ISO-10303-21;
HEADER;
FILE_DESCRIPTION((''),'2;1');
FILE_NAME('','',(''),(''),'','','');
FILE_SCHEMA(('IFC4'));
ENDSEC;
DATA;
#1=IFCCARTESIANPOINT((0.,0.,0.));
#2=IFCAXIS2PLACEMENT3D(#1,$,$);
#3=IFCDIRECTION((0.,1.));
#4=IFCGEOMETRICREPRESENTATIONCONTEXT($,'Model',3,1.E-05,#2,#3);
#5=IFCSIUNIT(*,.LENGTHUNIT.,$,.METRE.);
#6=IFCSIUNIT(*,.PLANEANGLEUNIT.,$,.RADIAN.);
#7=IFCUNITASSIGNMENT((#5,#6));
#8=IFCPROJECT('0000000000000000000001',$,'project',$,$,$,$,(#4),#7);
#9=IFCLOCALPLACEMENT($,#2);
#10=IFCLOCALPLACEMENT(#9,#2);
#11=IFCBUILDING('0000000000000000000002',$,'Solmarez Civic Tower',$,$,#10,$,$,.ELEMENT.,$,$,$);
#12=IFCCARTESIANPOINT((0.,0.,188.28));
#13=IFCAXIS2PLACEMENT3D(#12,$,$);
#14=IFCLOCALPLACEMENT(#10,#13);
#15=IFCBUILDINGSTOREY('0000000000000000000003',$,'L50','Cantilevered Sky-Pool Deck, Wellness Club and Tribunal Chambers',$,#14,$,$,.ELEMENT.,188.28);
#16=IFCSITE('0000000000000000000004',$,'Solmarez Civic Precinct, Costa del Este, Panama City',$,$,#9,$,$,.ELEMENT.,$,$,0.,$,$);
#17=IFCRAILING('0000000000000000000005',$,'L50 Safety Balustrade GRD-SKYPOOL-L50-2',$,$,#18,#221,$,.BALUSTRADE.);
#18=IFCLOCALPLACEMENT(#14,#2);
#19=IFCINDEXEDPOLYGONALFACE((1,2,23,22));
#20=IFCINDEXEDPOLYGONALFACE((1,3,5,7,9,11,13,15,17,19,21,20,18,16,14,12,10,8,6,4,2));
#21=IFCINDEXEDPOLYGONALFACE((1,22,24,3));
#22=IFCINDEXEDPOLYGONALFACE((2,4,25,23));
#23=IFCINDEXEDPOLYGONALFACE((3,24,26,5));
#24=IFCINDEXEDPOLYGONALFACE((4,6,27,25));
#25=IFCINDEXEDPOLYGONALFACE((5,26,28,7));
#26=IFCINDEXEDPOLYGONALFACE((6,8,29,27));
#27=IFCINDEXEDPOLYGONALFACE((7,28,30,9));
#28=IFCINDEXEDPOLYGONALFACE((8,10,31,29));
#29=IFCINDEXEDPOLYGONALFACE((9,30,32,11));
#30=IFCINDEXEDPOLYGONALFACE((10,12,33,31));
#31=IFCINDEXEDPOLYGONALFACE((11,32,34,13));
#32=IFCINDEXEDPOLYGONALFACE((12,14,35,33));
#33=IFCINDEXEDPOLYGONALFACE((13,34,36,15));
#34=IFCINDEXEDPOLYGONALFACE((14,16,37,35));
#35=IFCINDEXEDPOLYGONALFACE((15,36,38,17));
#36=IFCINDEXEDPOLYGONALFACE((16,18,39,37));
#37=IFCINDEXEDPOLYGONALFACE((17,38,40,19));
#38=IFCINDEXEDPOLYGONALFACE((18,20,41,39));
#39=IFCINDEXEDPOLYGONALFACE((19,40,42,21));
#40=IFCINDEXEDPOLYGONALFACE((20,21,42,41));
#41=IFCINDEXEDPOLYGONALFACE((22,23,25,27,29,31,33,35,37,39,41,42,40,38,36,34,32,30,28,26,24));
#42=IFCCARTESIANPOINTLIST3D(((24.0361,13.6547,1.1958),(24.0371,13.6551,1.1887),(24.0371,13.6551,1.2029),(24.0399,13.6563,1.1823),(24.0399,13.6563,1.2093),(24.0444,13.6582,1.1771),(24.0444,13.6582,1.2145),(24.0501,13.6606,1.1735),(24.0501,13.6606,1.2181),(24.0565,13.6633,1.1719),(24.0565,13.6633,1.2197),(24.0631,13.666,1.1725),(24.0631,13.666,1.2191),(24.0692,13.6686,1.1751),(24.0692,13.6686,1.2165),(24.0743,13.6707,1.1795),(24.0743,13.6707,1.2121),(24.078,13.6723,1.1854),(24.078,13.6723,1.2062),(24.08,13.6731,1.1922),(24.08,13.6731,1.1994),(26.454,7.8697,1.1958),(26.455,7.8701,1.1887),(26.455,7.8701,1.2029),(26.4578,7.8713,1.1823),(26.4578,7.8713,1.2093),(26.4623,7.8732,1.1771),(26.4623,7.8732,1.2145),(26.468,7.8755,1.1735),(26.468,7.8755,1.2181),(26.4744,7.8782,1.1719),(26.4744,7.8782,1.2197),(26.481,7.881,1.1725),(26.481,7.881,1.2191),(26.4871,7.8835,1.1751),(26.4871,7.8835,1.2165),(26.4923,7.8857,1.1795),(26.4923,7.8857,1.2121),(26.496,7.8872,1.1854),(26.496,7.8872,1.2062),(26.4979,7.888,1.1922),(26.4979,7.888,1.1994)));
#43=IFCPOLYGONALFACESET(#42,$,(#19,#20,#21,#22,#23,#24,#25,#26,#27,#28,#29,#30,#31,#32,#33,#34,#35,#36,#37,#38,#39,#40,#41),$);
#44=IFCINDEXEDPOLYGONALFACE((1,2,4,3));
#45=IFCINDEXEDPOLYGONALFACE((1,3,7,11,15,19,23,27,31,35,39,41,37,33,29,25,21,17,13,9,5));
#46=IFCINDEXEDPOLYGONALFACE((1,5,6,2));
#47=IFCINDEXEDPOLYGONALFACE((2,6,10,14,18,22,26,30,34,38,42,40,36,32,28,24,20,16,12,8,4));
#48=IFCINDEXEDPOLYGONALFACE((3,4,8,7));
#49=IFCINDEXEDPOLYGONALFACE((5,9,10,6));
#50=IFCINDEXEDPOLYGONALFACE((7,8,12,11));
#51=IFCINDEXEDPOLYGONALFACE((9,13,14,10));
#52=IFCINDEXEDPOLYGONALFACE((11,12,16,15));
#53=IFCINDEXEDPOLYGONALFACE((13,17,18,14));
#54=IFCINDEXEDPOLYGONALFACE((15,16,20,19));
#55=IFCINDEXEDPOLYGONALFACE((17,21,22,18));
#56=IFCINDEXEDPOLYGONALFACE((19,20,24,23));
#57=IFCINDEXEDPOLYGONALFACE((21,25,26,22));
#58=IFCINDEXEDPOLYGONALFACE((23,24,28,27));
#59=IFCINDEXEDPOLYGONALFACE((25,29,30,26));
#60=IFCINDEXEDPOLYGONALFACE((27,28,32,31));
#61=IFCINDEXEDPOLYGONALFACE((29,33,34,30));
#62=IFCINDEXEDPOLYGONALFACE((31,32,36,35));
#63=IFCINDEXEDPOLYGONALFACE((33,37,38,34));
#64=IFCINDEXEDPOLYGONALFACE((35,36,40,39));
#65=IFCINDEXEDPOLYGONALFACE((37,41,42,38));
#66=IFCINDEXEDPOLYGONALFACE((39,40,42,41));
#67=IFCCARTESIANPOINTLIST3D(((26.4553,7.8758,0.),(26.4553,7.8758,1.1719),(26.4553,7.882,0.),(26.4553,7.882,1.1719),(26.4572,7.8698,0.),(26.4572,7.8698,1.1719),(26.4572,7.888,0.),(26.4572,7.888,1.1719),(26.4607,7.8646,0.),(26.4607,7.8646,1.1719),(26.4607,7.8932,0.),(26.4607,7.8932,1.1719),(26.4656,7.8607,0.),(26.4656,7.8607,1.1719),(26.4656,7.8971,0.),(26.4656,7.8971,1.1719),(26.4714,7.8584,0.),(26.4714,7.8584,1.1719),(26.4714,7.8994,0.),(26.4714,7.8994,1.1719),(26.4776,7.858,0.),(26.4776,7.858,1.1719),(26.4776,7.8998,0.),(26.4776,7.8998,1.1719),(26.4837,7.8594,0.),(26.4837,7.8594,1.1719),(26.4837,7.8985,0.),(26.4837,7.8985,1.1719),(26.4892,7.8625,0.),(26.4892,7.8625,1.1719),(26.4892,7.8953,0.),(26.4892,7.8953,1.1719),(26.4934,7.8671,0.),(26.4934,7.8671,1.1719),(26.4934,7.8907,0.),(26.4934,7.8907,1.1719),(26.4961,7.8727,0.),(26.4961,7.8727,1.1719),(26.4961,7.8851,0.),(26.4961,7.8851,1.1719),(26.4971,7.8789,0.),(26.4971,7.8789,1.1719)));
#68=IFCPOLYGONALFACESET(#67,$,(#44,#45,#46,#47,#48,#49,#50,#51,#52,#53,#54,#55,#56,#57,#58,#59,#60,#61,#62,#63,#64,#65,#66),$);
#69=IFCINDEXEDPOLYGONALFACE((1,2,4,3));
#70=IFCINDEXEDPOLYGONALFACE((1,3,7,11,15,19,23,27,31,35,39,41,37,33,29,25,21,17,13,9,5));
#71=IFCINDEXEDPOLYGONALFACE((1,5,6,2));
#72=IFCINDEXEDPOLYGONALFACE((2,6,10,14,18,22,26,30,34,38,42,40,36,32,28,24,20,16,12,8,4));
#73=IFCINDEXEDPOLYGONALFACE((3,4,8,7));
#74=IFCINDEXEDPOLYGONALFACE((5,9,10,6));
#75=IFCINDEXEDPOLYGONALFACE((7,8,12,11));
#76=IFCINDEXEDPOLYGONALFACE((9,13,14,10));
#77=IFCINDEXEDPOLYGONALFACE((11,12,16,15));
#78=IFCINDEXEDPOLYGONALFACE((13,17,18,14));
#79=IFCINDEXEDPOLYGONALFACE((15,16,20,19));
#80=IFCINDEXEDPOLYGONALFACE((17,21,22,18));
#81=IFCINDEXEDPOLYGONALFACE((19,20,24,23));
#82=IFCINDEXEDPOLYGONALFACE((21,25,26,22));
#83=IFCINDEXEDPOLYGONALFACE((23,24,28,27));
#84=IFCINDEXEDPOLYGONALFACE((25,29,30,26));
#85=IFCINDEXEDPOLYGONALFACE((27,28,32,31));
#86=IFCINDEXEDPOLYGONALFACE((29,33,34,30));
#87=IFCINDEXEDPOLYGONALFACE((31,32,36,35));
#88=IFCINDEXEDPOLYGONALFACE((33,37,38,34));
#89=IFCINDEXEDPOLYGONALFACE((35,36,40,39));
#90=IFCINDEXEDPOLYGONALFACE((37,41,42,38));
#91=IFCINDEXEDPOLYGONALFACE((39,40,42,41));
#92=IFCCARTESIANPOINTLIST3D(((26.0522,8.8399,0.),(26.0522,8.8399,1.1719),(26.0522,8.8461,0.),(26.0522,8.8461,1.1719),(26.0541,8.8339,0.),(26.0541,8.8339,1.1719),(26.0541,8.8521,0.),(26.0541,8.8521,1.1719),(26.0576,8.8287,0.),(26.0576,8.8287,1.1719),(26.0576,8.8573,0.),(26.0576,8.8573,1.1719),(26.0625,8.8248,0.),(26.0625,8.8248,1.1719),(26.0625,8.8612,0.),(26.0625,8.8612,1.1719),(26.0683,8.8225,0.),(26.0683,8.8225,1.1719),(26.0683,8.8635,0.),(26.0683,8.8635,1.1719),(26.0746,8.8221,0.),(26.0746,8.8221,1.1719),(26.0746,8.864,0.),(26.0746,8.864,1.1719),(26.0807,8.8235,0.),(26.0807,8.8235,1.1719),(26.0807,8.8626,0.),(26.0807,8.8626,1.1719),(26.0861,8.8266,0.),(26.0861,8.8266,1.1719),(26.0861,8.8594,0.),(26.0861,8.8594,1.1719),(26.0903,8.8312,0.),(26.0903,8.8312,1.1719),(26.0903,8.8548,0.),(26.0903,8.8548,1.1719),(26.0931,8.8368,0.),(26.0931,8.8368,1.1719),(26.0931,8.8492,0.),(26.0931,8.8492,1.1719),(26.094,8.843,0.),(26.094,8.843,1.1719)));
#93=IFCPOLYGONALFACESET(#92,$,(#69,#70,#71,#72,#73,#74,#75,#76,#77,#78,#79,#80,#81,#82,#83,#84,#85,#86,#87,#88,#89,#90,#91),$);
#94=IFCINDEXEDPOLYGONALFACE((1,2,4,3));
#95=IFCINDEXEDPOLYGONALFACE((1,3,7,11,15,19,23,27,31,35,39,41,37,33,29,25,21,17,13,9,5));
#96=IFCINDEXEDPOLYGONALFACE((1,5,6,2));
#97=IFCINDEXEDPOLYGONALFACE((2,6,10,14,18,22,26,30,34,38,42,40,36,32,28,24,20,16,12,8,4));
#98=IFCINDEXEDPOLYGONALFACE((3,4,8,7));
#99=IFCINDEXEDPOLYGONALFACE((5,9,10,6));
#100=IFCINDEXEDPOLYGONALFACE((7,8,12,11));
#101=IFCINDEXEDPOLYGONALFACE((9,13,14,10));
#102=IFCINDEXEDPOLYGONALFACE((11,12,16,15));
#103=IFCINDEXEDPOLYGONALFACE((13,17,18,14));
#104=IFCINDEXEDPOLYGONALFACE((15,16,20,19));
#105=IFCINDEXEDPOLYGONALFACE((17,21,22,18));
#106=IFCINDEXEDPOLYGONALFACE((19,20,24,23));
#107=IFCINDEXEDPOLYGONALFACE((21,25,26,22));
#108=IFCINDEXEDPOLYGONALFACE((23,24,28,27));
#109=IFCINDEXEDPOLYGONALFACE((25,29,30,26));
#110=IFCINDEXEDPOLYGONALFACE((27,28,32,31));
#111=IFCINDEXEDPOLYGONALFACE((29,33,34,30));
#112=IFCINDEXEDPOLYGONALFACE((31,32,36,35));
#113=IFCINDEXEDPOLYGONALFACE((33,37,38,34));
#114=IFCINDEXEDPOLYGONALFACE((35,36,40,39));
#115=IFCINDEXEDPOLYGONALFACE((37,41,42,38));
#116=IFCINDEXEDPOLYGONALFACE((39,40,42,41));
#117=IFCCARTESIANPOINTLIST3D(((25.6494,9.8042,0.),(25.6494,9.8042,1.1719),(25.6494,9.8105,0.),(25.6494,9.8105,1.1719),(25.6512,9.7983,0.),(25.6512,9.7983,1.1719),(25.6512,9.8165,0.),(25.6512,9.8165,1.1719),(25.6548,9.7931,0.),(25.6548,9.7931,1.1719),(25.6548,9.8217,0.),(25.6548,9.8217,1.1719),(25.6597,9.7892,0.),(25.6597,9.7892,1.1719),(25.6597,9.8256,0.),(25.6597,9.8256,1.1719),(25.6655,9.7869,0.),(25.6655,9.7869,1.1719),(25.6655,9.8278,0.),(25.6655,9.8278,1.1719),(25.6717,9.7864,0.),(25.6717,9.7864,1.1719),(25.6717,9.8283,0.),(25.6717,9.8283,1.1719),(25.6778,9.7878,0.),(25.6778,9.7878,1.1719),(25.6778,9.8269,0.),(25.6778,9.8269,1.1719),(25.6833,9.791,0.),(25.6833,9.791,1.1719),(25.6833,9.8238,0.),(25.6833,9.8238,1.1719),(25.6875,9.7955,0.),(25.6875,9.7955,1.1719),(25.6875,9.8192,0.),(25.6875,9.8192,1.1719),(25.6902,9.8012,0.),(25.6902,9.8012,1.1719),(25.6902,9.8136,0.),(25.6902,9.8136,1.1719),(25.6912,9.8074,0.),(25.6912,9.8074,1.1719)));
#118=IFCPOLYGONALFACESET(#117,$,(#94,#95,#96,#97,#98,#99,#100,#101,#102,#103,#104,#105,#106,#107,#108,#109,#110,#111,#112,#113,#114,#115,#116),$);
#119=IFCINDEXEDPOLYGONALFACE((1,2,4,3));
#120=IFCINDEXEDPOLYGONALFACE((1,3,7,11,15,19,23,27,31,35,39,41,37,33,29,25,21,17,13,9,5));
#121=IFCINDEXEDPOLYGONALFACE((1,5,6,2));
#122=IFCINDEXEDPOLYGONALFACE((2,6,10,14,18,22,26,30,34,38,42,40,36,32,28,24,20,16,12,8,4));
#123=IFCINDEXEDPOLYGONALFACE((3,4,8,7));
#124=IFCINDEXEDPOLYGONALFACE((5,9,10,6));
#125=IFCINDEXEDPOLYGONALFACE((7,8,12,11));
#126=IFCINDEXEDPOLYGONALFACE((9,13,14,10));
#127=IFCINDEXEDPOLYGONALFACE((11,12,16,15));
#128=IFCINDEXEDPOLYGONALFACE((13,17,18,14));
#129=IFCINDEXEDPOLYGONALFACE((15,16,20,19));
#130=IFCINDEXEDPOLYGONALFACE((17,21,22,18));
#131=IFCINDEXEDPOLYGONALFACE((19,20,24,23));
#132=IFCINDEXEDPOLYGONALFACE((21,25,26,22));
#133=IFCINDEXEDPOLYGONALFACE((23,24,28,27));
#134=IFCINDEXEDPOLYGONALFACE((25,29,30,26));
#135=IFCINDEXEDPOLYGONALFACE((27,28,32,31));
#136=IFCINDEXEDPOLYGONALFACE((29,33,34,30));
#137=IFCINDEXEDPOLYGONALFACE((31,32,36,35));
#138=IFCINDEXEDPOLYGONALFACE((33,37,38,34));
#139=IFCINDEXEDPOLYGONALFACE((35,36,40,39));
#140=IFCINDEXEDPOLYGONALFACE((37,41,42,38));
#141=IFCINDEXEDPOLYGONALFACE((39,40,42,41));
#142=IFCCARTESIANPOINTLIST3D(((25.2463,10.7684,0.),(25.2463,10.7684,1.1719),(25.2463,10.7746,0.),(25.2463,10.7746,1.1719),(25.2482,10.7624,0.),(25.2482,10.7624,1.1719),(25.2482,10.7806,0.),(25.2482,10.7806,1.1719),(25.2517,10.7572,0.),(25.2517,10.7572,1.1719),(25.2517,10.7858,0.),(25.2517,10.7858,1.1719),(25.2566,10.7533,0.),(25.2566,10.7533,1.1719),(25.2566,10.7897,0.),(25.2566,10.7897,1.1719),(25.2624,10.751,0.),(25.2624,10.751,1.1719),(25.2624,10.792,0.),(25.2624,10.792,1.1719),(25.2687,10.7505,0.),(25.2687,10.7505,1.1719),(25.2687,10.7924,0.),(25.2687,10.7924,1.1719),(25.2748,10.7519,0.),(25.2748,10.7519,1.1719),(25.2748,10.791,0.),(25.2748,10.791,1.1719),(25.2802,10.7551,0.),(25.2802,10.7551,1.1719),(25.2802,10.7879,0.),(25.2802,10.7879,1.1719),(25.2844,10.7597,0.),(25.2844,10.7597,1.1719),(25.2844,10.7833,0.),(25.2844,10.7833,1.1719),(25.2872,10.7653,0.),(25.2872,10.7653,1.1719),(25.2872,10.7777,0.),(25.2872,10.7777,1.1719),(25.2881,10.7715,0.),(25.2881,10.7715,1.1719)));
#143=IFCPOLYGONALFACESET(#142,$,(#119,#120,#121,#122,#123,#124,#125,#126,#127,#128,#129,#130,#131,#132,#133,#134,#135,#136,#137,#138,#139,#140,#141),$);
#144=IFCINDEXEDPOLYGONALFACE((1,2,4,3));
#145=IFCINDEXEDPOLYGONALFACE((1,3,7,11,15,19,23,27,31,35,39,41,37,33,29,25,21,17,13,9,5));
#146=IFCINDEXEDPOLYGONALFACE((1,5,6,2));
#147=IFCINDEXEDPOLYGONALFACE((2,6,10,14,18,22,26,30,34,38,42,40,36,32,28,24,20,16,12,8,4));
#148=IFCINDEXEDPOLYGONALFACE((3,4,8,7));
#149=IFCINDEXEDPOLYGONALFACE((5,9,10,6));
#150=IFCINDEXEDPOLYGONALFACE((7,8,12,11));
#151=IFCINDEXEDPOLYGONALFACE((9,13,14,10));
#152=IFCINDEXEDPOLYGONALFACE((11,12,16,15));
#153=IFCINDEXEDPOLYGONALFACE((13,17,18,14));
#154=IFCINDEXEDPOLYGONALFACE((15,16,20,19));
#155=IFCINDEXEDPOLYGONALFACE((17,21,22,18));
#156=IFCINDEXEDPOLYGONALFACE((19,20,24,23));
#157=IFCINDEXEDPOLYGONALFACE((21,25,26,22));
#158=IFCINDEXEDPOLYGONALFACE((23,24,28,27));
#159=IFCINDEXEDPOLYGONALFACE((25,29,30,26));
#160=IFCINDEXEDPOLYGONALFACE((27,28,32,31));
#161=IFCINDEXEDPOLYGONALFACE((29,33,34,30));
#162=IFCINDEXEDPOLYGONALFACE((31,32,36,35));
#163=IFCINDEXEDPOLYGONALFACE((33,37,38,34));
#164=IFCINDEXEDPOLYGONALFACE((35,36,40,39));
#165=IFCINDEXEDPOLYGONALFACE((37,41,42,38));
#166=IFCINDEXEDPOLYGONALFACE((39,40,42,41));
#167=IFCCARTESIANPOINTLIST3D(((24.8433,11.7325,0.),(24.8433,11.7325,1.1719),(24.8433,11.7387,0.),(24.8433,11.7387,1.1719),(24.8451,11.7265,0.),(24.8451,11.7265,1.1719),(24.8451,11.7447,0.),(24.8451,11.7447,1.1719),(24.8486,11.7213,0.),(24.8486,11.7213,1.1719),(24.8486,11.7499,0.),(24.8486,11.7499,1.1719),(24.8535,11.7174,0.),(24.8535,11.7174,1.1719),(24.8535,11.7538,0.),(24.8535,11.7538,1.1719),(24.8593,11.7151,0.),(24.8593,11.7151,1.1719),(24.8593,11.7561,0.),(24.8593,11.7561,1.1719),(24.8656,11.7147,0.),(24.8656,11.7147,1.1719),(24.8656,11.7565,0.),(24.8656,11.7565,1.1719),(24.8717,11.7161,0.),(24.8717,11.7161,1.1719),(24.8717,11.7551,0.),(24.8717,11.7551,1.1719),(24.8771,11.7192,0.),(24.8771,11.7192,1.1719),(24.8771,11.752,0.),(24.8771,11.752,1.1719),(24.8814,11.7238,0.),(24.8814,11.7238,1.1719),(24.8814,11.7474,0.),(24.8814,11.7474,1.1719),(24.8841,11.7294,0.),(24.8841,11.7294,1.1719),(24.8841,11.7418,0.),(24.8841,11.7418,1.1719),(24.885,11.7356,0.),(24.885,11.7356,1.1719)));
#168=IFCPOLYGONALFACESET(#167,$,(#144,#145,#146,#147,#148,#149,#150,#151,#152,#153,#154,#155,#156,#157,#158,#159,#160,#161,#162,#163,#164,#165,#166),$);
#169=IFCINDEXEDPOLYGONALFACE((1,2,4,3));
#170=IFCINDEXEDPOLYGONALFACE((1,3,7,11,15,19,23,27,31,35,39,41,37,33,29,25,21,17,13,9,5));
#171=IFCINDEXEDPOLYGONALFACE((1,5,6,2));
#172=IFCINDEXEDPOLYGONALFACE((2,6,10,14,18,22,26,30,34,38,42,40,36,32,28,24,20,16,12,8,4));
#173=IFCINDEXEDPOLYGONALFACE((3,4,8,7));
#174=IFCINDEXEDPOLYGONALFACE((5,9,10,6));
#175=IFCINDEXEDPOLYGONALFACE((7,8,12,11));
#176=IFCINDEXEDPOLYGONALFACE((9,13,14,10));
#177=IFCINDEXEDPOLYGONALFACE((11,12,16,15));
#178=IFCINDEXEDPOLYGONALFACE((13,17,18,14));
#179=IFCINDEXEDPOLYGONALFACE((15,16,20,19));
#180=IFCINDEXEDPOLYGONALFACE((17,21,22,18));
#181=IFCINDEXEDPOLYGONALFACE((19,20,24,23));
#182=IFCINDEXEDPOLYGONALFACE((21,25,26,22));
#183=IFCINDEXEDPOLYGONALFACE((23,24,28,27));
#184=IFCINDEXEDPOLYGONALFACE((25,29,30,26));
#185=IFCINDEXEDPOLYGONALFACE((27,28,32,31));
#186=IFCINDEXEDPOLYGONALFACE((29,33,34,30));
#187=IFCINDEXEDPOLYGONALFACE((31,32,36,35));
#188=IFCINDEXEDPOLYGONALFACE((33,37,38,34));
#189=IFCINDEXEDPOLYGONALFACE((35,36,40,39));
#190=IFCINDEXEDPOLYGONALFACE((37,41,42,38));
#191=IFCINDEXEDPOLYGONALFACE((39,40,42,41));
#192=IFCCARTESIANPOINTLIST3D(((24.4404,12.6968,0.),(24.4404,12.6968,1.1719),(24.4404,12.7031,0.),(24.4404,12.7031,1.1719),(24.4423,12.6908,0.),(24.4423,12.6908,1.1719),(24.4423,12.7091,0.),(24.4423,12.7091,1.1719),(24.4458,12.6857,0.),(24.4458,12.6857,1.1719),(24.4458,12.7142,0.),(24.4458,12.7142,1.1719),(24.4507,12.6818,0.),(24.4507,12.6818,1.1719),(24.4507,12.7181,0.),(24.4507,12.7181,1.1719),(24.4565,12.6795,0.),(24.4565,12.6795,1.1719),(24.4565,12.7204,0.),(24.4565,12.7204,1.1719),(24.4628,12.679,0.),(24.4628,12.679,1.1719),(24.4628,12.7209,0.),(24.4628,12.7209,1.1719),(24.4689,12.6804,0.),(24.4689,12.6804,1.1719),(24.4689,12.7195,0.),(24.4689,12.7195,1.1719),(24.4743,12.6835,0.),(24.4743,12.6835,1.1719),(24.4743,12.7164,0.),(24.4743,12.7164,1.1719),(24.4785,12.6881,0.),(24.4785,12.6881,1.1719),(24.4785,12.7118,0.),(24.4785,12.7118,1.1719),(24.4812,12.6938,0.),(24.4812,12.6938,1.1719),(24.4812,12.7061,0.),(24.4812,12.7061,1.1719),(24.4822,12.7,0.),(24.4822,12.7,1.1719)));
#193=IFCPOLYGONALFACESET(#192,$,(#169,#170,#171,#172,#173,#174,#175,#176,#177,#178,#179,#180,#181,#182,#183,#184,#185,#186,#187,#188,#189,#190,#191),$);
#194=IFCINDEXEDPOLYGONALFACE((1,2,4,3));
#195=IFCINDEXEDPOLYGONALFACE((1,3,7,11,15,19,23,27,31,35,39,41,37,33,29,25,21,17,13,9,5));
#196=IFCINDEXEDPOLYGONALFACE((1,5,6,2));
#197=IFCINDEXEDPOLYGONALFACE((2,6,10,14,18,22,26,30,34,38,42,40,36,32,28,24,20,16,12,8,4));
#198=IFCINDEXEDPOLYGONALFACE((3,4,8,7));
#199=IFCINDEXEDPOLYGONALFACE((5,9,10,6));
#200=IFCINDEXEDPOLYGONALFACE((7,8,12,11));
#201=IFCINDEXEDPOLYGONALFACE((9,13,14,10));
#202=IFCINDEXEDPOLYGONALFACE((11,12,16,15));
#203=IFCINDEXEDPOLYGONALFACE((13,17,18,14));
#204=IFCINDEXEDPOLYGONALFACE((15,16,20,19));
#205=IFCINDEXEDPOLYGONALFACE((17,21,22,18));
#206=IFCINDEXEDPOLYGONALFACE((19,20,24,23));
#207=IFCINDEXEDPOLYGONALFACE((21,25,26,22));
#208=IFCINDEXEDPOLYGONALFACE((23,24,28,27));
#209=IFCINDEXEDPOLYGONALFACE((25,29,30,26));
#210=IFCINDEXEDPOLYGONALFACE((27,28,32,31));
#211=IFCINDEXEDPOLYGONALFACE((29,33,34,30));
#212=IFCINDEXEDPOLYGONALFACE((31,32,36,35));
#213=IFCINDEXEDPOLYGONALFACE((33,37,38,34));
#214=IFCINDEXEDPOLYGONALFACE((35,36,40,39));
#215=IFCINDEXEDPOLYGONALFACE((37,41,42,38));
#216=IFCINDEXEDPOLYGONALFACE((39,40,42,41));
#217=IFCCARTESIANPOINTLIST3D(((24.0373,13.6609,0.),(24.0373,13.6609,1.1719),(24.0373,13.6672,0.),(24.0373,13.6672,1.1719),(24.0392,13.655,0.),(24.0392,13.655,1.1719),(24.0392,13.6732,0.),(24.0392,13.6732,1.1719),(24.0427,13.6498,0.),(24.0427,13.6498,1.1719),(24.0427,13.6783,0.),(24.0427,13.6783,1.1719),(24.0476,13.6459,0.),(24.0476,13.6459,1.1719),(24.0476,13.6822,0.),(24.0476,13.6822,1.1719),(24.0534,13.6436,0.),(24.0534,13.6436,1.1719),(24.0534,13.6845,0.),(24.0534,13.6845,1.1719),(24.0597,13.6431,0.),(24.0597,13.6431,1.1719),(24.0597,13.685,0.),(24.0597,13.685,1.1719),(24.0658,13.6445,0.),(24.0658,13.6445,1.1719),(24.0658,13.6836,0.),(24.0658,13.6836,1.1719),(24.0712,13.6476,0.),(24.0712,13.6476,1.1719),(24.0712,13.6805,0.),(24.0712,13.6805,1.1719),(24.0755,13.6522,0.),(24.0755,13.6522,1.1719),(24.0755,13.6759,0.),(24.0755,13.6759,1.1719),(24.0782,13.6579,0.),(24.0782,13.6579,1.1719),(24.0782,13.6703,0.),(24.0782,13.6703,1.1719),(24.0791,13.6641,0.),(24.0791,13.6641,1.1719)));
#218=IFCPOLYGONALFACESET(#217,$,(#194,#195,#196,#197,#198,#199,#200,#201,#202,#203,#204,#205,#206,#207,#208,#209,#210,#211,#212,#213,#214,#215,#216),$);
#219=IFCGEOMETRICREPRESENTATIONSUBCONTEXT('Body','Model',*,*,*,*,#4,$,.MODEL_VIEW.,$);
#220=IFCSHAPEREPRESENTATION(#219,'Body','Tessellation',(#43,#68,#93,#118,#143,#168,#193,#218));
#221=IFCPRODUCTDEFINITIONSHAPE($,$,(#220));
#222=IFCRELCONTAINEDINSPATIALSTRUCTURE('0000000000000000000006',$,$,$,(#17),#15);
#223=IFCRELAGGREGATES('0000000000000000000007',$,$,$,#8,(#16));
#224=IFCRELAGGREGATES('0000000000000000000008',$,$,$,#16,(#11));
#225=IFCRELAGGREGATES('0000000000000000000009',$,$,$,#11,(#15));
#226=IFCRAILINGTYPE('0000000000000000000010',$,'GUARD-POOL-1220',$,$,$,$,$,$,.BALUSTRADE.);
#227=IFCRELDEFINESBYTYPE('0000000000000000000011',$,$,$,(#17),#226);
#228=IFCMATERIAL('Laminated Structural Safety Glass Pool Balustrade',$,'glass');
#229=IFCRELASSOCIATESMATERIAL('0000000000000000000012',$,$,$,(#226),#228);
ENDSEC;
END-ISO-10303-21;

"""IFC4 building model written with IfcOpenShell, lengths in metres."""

from ifc_helpers import new_model, si_unit, direction, frame, origin, origin_2d, place, context, subcontext, project, spatial, circle, extrude, material, type_object, element, save


model = new_model("IFC4")

# Units and contexts
model_context = context("Model", 3, precision=1e-05, world=origin(), true_north=direction((0.0, 1.0)))
body_context = subcontext(model_context, "Body", "Model", "MODEL_VIEW")
ifc_project = project(units=[si_unit("LENGTHUNIT", "METRE"), si_unit("PLANEANGLEUNIT", "RADIAN")], contexts=[model_context])

# Site, building, storey
site_placement = place(None, origin())
site = spatial("IfcSite", under=ifc_project, at=site_placement, Name="Solmarez Civic Precinct, Costa del Este, Panama City", CompositionType="ELEMENT", RefElevation=0.0)
building_placement = place(site_placement, origin())
building = spatial("IfcBuilding", under=site, at=building_placement, Name="Solmarez Civic Tower", CompositionType="ELEMENT")
storey_placement = place(building_placement, frame((0.0, 0.0, 188.28)))
storey = spatial("IfcBuildingStorey", under=building, at=storey_placement, Name="L50", Description="Cantilevered Sky-Pool Deck, Wellness Club and Tribunal Chambers", CompositionType="ELEMENT", Elevation=188.28)

# Railing
ifc_material_1 = material(Name="Laminated Structural Safety Glass Pool Balustrade", Category="glass")
railing_type = type_object("IfcRailingType", Name="GUARD-POOL-1220", PredefinedType="BALUSTRADE", material=ifc_material_1)
railing_1_placement = place(storey_placement, frame((26.4761, 7.8789, 0.0)))
element("IfcRailing", 1, at=railing_1_placement, inside=storey, type_object=railing_type, Name="L50 Safety Balustrade GRD-SKYPOOL-L50-2", PredefinedType="BALUSTRADE", context=body_context, shape_type="SweptSolid", body=[
    extrude(circle(Radius=0.0239, at=origin_2d()), frame((0.0, 0.0, 1.1958), z_axis=(-0.385633, 0.922652, 0.0), x_axis=(-0.922652, -0.385633, 0.0)), (0.0, 0.0, 1.0), 6.27),
    extrude(circle(Radius=0.021, at=origin_2d()), origin(), (0.0, 0.0, 1.0), 1.1719),
    extrude(circle(Radius=0.021, at=origin_2d()), frame((-0.4031, 0.9641, 0.0)), (0.0, 0.0, 1.0), 1.1719),
    extrude(circle(Radius=0.021, at=origin_2d()), frame((-0.8059, 1.9285, 0.0)), (0.0, 0.0, 1.0), 1.1719),
    extrude(circle(Radius=0.021, at=origin_2d()), frame((-1.209, 2.8926, 0.0)), (0.0, 0.0, 1.0), 1.1719),
    extrude(circle(Radius=0.021, at=origin_2d()), frame((-1.6121, 3.8567, 0.0)), (0.0, 0.0, 1.0), 1.1719),
    extrude(circle(Radius=0.021, at=origin_2d()), frame((-2.0149, 4.821, 0.0)), (0.0, 0.0, 1.0), 1.1719),
    extrude(circle(Radius=0.021, at=origin_2d()), frame((-2.418, 5.7852, 0.0)), (0.0, 0.0, 1.0), 1.1719),
])

save(model, "model.ifc")
